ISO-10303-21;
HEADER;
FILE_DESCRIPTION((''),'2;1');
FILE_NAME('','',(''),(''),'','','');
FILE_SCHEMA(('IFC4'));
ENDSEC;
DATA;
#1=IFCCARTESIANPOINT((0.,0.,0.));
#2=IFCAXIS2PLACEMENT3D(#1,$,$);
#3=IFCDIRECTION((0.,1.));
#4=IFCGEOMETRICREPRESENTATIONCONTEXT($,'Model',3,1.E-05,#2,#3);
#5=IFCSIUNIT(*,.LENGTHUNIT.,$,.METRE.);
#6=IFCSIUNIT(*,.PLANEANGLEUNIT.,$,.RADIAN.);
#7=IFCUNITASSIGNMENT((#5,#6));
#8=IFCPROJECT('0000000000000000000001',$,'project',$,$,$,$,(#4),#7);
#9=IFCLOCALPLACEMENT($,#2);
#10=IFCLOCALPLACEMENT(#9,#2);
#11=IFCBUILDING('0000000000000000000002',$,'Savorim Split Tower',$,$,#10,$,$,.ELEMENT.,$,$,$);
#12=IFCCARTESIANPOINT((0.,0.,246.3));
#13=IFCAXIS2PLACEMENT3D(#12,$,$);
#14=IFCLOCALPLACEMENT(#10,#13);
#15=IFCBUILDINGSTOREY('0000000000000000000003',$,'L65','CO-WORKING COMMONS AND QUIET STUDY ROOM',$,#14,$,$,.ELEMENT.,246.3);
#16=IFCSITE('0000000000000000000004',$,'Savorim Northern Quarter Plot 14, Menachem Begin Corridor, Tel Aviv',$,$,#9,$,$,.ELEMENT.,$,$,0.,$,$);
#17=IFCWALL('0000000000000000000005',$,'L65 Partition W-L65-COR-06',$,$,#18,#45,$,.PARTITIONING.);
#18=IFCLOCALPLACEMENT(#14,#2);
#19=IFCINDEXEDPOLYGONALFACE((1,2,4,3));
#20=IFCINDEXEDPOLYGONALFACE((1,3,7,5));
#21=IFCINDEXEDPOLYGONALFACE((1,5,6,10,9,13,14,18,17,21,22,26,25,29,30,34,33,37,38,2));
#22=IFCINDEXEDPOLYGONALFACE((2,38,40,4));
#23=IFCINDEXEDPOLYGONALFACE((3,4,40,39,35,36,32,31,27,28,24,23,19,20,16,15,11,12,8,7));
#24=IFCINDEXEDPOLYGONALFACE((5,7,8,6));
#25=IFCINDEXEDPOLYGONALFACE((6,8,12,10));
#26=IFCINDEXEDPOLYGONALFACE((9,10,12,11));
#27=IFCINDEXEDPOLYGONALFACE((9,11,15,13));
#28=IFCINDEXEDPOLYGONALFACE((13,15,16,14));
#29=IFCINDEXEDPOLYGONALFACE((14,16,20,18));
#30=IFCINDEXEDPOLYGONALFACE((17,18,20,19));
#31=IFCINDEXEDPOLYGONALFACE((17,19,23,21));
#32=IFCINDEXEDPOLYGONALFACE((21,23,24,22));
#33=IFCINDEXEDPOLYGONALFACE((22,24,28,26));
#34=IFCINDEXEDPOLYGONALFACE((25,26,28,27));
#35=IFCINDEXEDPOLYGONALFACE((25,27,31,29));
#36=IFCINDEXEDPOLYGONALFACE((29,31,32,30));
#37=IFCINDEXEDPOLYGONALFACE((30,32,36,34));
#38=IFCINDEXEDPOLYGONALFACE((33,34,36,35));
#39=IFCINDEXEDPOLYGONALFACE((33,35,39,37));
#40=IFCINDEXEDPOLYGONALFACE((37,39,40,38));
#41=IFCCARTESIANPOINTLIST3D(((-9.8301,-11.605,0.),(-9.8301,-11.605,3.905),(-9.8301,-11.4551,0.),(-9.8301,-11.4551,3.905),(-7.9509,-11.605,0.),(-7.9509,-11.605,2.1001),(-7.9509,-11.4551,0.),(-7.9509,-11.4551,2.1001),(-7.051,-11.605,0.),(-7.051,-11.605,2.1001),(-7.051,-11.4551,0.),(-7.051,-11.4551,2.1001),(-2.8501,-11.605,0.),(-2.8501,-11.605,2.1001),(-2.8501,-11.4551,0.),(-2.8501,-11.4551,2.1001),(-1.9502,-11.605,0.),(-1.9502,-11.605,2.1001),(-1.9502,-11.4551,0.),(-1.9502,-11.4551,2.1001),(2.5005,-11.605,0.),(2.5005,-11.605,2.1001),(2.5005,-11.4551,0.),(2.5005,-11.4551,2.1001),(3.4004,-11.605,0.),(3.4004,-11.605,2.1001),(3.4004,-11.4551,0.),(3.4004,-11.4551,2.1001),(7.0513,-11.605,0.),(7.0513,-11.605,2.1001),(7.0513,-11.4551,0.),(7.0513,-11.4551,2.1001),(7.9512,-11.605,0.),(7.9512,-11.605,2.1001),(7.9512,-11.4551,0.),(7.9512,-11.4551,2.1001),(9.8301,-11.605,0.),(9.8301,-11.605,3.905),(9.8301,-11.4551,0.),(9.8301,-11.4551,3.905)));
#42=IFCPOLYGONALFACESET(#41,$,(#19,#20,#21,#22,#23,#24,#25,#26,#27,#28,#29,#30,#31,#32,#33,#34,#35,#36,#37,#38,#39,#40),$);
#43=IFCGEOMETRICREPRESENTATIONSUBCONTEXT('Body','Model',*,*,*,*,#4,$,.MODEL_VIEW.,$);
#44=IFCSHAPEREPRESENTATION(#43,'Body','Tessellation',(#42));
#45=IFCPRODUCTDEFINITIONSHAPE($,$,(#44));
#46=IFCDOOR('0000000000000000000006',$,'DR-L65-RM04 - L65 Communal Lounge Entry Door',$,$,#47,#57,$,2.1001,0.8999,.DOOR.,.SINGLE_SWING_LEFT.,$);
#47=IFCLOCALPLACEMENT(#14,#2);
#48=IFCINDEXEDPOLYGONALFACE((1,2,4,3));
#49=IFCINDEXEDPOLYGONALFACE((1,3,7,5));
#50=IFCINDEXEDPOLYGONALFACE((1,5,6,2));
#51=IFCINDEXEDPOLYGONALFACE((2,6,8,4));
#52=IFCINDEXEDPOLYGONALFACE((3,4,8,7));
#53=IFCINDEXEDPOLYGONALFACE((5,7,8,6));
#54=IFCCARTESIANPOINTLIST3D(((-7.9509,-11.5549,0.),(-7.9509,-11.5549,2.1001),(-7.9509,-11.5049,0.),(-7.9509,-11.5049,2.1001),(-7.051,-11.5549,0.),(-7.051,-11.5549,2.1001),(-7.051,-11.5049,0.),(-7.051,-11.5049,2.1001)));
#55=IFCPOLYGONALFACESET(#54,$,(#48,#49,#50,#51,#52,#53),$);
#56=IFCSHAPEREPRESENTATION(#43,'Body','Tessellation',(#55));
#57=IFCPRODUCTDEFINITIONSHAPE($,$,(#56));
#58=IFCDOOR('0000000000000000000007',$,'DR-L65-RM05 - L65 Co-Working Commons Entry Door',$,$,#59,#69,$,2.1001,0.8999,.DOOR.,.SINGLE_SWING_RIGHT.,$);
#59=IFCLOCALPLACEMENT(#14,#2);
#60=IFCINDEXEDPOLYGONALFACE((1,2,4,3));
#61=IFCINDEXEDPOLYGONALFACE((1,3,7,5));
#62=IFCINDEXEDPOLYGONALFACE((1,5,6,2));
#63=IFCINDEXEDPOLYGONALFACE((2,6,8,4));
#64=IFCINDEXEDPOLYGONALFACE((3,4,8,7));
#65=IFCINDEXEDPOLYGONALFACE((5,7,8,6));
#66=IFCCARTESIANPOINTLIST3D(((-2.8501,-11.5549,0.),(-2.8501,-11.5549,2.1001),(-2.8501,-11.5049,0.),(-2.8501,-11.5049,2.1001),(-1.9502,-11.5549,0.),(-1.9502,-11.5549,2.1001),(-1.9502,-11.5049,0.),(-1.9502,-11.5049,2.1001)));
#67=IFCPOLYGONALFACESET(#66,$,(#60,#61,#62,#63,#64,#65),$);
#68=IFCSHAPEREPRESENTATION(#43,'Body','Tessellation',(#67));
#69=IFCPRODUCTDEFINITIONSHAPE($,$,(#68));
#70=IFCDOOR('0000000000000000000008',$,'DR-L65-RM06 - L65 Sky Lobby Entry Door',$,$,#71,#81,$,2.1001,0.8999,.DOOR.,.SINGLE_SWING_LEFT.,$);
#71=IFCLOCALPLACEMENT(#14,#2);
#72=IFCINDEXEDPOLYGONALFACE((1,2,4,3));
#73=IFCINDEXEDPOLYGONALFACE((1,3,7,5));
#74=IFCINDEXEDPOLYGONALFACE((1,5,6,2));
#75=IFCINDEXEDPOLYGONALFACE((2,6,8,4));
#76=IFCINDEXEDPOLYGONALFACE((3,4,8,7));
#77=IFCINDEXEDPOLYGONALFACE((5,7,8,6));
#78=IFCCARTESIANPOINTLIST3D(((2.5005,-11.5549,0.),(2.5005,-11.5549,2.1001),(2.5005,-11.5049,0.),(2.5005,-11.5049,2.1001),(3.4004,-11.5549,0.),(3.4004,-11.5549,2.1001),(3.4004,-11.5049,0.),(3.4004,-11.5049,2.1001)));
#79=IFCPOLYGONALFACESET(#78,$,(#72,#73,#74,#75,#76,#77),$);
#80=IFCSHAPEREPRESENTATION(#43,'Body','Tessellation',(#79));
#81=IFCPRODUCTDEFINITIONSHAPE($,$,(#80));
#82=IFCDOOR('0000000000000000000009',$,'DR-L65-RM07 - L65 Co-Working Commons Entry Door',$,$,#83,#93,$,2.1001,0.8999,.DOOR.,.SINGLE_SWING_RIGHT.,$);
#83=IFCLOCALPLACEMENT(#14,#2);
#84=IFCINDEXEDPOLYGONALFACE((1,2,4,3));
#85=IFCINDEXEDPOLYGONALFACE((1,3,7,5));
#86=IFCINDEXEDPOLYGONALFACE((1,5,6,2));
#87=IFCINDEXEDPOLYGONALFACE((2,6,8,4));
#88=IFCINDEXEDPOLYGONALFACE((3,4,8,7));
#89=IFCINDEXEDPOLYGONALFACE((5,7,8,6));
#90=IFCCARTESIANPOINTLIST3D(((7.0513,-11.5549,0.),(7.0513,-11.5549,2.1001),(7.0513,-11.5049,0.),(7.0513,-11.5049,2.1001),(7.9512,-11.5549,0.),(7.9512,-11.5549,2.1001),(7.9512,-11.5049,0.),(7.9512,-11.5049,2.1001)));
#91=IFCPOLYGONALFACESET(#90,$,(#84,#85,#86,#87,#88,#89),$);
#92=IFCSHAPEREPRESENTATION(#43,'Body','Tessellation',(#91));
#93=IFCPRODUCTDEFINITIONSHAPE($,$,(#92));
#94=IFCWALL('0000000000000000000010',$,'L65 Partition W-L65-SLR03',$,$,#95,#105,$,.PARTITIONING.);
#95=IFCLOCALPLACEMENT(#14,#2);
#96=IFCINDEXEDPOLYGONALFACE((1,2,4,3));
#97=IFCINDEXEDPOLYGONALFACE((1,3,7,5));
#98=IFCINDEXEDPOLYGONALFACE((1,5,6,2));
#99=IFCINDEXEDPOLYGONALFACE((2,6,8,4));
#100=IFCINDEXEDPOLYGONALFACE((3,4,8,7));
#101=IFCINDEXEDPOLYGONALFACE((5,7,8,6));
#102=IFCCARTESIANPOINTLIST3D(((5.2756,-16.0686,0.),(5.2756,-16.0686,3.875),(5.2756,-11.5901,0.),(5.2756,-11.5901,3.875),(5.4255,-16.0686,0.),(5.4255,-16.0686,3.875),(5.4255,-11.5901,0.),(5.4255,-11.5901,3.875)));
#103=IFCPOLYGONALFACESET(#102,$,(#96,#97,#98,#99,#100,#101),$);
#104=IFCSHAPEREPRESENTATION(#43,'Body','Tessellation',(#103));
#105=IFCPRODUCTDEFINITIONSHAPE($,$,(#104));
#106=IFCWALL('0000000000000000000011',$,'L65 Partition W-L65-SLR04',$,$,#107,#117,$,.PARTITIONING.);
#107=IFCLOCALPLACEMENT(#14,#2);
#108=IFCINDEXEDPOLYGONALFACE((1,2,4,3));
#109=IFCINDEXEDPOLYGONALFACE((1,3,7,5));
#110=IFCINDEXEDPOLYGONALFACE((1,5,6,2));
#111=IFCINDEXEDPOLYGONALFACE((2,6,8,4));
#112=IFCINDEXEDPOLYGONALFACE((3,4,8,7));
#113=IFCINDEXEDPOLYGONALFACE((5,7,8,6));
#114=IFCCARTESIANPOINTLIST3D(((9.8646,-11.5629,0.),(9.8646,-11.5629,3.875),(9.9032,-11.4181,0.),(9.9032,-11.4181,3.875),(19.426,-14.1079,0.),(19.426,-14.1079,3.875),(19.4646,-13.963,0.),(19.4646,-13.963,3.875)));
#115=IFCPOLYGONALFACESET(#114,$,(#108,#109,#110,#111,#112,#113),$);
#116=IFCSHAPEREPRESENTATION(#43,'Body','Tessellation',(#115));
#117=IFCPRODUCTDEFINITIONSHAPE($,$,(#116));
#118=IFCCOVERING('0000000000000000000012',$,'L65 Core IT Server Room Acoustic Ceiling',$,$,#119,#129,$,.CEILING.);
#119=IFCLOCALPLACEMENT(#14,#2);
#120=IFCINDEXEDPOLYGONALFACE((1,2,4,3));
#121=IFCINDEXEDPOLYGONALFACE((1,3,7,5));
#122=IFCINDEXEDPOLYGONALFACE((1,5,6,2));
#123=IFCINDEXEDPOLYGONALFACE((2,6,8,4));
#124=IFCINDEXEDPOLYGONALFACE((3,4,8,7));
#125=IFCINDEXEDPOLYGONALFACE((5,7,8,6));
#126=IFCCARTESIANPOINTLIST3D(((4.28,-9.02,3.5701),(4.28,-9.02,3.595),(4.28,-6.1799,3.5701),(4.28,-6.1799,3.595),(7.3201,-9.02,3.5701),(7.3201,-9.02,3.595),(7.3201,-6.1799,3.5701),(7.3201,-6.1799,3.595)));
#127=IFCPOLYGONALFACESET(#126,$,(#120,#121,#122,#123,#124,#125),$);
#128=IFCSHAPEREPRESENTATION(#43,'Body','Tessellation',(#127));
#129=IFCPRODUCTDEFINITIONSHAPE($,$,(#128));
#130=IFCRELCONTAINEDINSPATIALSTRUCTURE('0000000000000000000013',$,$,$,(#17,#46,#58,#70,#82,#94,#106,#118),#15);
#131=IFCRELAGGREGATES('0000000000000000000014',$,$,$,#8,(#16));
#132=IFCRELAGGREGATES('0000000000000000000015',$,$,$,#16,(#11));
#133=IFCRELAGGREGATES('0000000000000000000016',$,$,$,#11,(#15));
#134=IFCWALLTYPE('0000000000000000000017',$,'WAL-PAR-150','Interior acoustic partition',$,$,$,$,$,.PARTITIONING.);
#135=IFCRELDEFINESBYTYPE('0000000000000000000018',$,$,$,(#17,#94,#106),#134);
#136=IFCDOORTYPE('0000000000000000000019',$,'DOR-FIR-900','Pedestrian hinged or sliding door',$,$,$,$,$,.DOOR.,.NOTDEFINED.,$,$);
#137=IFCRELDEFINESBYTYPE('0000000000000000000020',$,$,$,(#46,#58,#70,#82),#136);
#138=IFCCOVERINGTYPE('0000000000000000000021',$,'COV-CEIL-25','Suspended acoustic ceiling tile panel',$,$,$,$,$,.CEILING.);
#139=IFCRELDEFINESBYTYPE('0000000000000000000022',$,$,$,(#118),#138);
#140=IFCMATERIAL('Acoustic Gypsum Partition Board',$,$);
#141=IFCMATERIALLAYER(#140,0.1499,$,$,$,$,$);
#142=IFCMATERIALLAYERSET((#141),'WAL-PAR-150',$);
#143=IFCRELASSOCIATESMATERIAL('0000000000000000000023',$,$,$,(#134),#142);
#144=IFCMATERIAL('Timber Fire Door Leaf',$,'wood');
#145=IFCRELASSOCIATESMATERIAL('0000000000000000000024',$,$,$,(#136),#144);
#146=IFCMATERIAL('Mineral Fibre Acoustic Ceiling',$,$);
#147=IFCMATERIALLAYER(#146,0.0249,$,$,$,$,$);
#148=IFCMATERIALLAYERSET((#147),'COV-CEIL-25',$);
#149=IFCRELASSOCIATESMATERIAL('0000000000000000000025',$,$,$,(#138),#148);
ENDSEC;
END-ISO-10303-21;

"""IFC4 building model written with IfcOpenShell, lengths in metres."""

from ifc_helpers import new_model, si_unit, direction, frame, frame_2d, origin, place, context, subcontext, project, spatial, polyline, rectangle, outline, extrude, material, layer, layer_set, type_object, element, fill, save


model = new_model("IFC4")

# Units and contexts
model_context = context("Model", 3, precision=1e-05, world=origin(), true_north=direction((0.0, 1.0)))
body_context = subcontext(model_context, "Body", "Model", "MODEL_VIEW")
ifc_project = project(units=[si_unit("LENGTHUNIT", "METRE"), si_unit("PLANEANGLEUNIT", "RADIAN")], contexts=[model_context])

# Site, building, storey
site_placement = place(None, origin())
site = spatial("IfcSite", under=ifc_project, at=site_placement, Name="Savorim Northern Quarter Plot 14, Menachem Begin Corridor, Tel Aviv", CompositionType="ELEMENT", RefElevation=0.0)
building_placement = place(site_placement, origin())
building = spatial("IfcBuilding", under=site, at=building_placement, Name="Savorim Split Tower", CompositionType="ELEMENT")
storey_placement = place(building_placement, frame((0.0, 0.0, 246.3)))
storey = spatial("IfcBuildingStorey", under=building, at=storey_placement, Name="L65", Description="CO-WORKING COMMONS AND QUIET STUDY ROOM", CompositionType="ELEMENT", Elevation=246.3)

# Shared definitions
ifc_material_1 = material(Name="Timber Fire Door Leaf", Category="wood")

# Shared definitions
ifc_material_2 = material(Name="Acoustic Gypsum Partition Board")
ifc_layer_1 = layer(ifc_material_2, 0.1499)
ifc_layer_set_1 = layer_set([ifc_layer_1], Name="WAL-PAR-150")
wall_type_1 = type_object("IfcWallType", Name="WAL-PAR-150", Description="Interior acoustic partition", PredefinedType="PARTITIONING", material=ifc_layer_set_1)
door_type_1 = type_object("IfcDoorType", Name="DOR-FIR-900", Description="Pedestrian hinged or sliding door", OperationType="NOTDEFINED", PredefinedType="DOOR", material=ifc_material_1)

# Wall, openings, doors
wall_1_placement = place(storey_placement, frame((9.8301, -11.53, 0.0), z_axis=(0.0, 0.0, 1.0), x_axis=(-1.0, 0.0, 0.0)))
wall_1 = element("IfcWall", 1, at=wall_1_placement, inside=storey, type_object=wall_type_1, Name="L65 Partition W-L65-COR-06", PredefinedType="PARTITIONING", context=body_context, shape_type="SweptSolid", body=[
    extrude(rectangle(XDim=19.6602, YDim=0.1499, at=frame_2d((9.8301, 0.0))), origin(), (0.0, 0.0, 1.0), 3.905),
])
opening_1_placement = place(wall_1_placement, frame((16.8811, 0.0, 0.0)))
opening_1 = element("IfcOpeningElement", 2, at=opening_1_placement, cuts=wall_1, PredefinedType="OPENING", context=body_context, shape_type="SweptSolid", body=[
    extrude(rectangle(XDim=0.8999, YDim=2.1001, at=frame_2d((0.45, 1.05))), frame((0.0, 0.085, 0.0), z_axis=(0.0, -1.0, 0.0), x_axis=(1.0, 0.0, 0.0)), (0.0, 0.0, 1.0), 0.1699),
])
opening_2_placement = place(wall_1_placement, frame((11.7803, 0.0, 0.0)))
opening_2 = element("IfcOpeningElement", 3, at=opening_2_placement, cuts=wall_1, PredefinedType="OPENING", context=body_context, shape_type="SweptSolid", body=[
    extrude(rectangle(XDim=0.8999, YDim=2.1001, at=frame_2d((0.45, 1.05))), frame((0.0, 0.085, 0.0), z_axis=(0.0, -1.0, 0.0), x_axis=(1.0, 0.0, 0.0)), (0.0, 0.0, 1.0), 0.1699),
])
opening_3_placement = place(wall_1_placement, frame((6.4297, 0.0, 0.0)))
opening_3 = element("IfcOpeningElement", 4, at=opening_3_placement, cuts=wall_1, PredefinedType="OPENING", context=body_context, shape_type="SweptSolid", body=[
    extrude(rectangle(XDim=0.8999, YDim=2.1001, at=frame_2d((0.45, 1.05))), frame((0.0, 0.085, 0.0), z_axis=(0.0, -1.0, 0.0), x_axis=(1.0, 0.0, 0.0)), (0.0, 0.0, 1.0), 0.1699),
])
opening_4_placement = place(wall_1_placement, frame((1.8789, 0.0, 0.0)))
opening_4 = element("IfcOpeningElement", 5, at=opening_4_placement, cuts=wall_1, PredefinedType="OPENING", context=body_context, shape_type="SweptSolid", body=[
    extrude(rectangle(XDim=0.8999, YDim=2.1001, at=frame_2d((0.45, 1.05))), frame((0.0, 0.085, 0.0), z_axis=(0.0, -1.0, 0.0), x_axis=(1.0, 0.0, 0.0)), (0.0, 0.0, 1.0), 0.1699),
])
door_1_placement = place(opening_1_placement, origin())
door_1 = element("IfcDoor", 6, at=door_1_placement, inside=storey, type_object=door_type_1, Name="DR-L65-RM04 - L65 Communal Lounge Entry Door", OperationType="SINGLE_SWING_LEFT", OverallHeight=2.1001, OverallWidth=0.8999, PredefinedType="DOOR", context=body_context, shape_type="SweptSolid", body=[
    extrude(rectangle(XDim=0.8999, YDim=2.1001, at=frame_2d((0.45, 1.05))), frame((0.0, 0.0249, 0.0), z_axis=(0.0, -1.0, 0.0), x_axis=(1.0, 0.0, 0.0)), (0.0, 0.0, 1.0), 0.05),
])
fill(opening_1, door_1)
door_2_placement = place(opening_2_placement, origin())
door_2 = element("IfcDoor", 7, at=door_2_placement, inside=storey, type_object=door_type_1, Name="DR-L65-RM05 - L65 Co-Working Commons Entry Door", OperationType="SINGLE_SWING_RIGHT", OverallHeight=2.1001, OverallWidth=0.8999, PredefinedType="DOOR", context=body_context, shape_type="SweptSolid", body=[
    extrude(rectangle(XDim=0.8999, YDim=2.1001, at=frame_2d((0.45, 1.05))), frame((0.0, 0.0249, 0.0), z_axis=(0.0, -1.0, 0.0), x_axis=(1.0, 0.0, 0.0)), (0.0, 0.0, 1.0), 0.05),
])
fill(opening_2, door_2)
door_3_placement = place(opening_3_placement, origin())
door_3 = element("IfcDoor", 8, at=door_3_placement, inside=storey, type_object=door_type_1, Name="DR-L65-RM06 - L65 Sky Lobby Entry Door", OperationType="SINGLE_SWING_LEFT", OverallHeight=2.1001, OverallWidth=0.8999, PredefinedType="DOOR", context=body_context, shape_type="SweptSolid", body=[
    extrude(rectangle(XDim=0.8999, YDim=2.1001, at=frame_2d((0.45, 1.05))), frame((0.0, 0.0249, 0.0), z_axis=(0.0, -1.0, 0.0), x_axis=(1.0, 0.0, 0.0)), (0.0, 0.0, 1.0), 0.05),
])
fill(opening_3, door_3)
door_4_placement = place(opening_4_placement, origin())
door_4 = element("IfcDoor", 9, at=door_4_placement, inside=storey, type_object=door_type_1, Name="DR-L65-RM07 - L65 Co-Working Commons Entry Door", OperationType="SINGLE_SWING_RIGHT", OverallHeight=2.1001, OverallWidth=0.8999, PredefinedType="DOOR", context=body_context, shape_type="SweptSolid", body=[
    extrude(rectangle(XDim=0.8999, YDim=2.1001, at=frame_2d((0.45, 1.05))), frame((0.0, 0.0249, 0.0), z_axis=(0.0, -1.0, 0.0), x_axis=(1.0, 0.0, 0.0)), (0.0, 0.0, 1.0), 0.05),
])
fill(opening_4, door_4)

# Walls
wall_2_placement = place(storey_placement, frame((5.3506, -11.5901, 0.0), z_axis=(0.0, 0.0, 1.0), x_axis=(0.0, -1.0, 0.0)))
element("IfcWall", 10, at=wall_2_placement, inside=storey, type_object=wall_type_1, Name="L65 Partition W-L65-SLR03", PredefinedType="PARTITIONING", context=body_context, shape_type="SweptSolid", body=[
    extrude(rectangle(XDim=4.4785, YDim=0.1499, at=frame_2d((2.2393, 0.0))), origin(), (0.0, 0.0, 1.0), 3.875),
])
wall_3_placement = place(storey_placement, frame((9.8838, -11.4905, 0.0), z_axis=(0.0, 0.0, 1.0), x_axis=(0.966354, -0.257214, 0.0)))
element("IfcWall", 11, at=wall_3_placement, inside=storey, type_object=wall_type_1, Name="L65 Partition W-L65-SLR04", PredefinedType="PARTITIONING", context=body_context, shape_type="SweptSolid", body=[
    extrude(rectangle(XDim=9.8943, YDim=0.1499, at=frame_2d((4.9473, 0.0))), origin(), (0.0, 0.0, 1.0), 3.875),
])

# Covering
ifc_material_3 = material(Name="Mineral Fibre Acoustic Ceiling")
ifc_layer_2 = layer(ifc_material_3, 0.0249)
ifc_layer_set_2 = layer_set([ifc_layer_2], Name="COV-CEIL-25")
covering_type_1 = type_object("IfcCoveringType", Name="COV-CEIL-25", Description="Suspended acoustic ceiling tile panel", PredefinedType="CEILING", material=ifc_layer_set_2)
covering_1_placement = place(storey_placement, frame((0.0, 0.0, 3.5701)))
element("IfcCovering", 12, at=covering_1_placement, inside=storey, type_object=covering_type_1, Name="L65 Core IT Server Room Acoustic Ceiling", PredefinedType="CEILING", context=body_context, shape_type="SweptSolid", body=[
    extrude(outline(polyline([(4.28, -6.1799), (4.28, -9.02), (7.3201, -9.02), (7.3201, -6.1799), (4.28, -6.1799)])), origin(), (0.0, 0.0, 1.0), 0.0249),
])

save(model, "model.ifc")
